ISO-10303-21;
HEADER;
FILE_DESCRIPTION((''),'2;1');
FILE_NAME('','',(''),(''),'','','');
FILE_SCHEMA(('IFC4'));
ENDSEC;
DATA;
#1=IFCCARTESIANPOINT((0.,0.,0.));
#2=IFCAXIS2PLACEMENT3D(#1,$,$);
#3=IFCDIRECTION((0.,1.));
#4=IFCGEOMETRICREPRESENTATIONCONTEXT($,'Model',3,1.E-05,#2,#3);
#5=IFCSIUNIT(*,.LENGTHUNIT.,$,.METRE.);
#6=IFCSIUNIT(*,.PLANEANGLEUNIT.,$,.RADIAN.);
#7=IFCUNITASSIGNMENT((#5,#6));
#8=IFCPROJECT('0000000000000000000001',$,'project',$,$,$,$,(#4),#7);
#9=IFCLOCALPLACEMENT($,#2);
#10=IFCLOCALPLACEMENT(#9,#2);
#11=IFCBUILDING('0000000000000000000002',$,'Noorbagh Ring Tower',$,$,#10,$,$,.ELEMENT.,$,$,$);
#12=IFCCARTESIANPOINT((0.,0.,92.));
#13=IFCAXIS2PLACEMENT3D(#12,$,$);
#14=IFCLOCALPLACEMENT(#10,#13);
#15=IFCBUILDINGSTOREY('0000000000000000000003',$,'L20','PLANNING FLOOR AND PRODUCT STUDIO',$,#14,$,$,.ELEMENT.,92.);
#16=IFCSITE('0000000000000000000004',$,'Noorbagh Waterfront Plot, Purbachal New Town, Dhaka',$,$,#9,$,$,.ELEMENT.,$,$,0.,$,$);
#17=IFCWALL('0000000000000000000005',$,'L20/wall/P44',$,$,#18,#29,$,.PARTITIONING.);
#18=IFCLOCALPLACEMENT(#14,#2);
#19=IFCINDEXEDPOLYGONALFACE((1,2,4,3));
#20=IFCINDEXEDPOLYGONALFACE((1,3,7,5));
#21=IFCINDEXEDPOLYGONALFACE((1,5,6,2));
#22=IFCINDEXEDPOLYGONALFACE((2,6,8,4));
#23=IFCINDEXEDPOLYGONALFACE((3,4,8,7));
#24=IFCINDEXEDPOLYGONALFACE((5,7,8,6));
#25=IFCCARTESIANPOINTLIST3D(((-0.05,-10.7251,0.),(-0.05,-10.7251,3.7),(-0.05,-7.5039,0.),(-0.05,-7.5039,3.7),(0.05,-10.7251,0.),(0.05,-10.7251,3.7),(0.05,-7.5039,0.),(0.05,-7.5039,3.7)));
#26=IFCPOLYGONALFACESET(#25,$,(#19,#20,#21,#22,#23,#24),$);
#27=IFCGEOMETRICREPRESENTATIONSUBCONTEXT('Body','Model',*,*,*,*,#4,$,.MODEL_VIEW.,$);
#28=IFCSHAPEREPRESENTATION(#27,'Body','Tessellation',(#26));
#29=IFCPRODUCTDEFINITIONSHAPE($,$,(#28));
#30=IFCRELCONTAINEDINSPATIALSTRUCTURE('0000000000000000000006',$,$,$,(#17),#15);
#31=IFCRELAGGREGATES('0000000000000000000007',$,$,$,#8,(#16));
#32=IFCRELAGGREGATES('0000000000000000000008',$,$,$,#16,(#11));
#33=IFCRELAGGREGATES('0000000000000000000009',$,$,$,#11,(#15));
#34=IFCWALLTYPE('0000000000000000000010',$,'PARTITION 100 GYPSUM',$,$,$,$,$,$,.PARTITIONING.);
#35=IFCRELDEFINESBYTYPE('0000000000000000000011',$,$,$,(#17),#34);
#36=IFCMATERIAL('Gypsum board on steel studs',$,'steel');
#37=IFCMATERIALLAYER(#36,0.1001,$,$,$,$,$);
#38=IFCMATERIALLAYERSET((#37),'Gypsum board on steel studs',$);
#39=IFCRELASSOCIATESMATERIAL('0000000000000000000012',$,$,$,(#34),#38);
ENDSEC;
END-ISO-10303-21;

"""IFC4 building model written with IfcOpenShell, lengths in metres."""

from ifc_helpers import new_model, si_unit, direction, frame, frame_2d, origin, place, context, subcontext, project, spatial, rectangle, extrude, material, layer, layer_set, type_object, element, save


model = new_model("IFC4")

# Units and contexts
model_context = context("Model", 3, precision=1e-05, world=origin(), true_north=direction((0.0, 1.0)))
body_context = subcontext(model_context, "Body", "Model", "MODEL_VIEW")
ifc_project = project(units=[si_unit("LENGTHUNIT", "METRE"), si_unit("PLANEANGLEUNIT", "RADIAN")], contexts=[model_context])

# Site, building, storey
site_placement = place(None, origin())
building_placement = place(site_placement, origin())
storey_placement = place(building_placement, frame((0.0, 0.0, 92.0)))
site = spatial("IfcSite", under=ifc_project, at=site_placement, Name="Noorbagh Waterfront Plot, Purbachal New Town, Dhaka", CompositionType="ELEMENT", RefElevation=0.0)
building = spatial("IfcBuilding", under=site, at=building_placement, Name="Noorbagh Ring Tower", CompositionType="ELEMENT")
storey = spatial("IfcBuildingStorey", under=building, at=storey_placement, Name="L20", Description="PLANNING FLOOR AND PRODUCT STUDIO", CompositionType="ELEMENT", Elevation=92.0)

# Wall
ifc_material_1 = material(Name="Gypsum board on steel studs", Category="steel")
ifc_layer_1 = layer(ifc_material_1, 0.1001)
ifc_layer_set_1 = layer_set([ifc_layer_1], Name="Gypsum board on steel studs")
wall_type = type_object("IfcWallType", Name="PARTITION 100 GYPSUM", PredefinedType="PARTITIONING", material=ifc_layer_set_1)
wall_placement = place(storey_placement, frame((0.0, -10.7251, 0.0), z_axis=(0.0, 0.0, 1.0), x_axis=(0.0, 1.0, 0.0)))
element("IfcWall", 1, at=wall_placement, inside=storey, type_object=wall_type, Name="L20/wall/P44", PredefinedType="PARTITIONING", context=body_context, shape_type="SweptSolid", body=[
    extrude(rectangle(XDim=3.2212, YDim=0.1001, at=frame_2d((1.6106, 0.0))), origin(), (0.0, 0.0, 1.0), 3.7),
])

save(model, "model.ifc")
